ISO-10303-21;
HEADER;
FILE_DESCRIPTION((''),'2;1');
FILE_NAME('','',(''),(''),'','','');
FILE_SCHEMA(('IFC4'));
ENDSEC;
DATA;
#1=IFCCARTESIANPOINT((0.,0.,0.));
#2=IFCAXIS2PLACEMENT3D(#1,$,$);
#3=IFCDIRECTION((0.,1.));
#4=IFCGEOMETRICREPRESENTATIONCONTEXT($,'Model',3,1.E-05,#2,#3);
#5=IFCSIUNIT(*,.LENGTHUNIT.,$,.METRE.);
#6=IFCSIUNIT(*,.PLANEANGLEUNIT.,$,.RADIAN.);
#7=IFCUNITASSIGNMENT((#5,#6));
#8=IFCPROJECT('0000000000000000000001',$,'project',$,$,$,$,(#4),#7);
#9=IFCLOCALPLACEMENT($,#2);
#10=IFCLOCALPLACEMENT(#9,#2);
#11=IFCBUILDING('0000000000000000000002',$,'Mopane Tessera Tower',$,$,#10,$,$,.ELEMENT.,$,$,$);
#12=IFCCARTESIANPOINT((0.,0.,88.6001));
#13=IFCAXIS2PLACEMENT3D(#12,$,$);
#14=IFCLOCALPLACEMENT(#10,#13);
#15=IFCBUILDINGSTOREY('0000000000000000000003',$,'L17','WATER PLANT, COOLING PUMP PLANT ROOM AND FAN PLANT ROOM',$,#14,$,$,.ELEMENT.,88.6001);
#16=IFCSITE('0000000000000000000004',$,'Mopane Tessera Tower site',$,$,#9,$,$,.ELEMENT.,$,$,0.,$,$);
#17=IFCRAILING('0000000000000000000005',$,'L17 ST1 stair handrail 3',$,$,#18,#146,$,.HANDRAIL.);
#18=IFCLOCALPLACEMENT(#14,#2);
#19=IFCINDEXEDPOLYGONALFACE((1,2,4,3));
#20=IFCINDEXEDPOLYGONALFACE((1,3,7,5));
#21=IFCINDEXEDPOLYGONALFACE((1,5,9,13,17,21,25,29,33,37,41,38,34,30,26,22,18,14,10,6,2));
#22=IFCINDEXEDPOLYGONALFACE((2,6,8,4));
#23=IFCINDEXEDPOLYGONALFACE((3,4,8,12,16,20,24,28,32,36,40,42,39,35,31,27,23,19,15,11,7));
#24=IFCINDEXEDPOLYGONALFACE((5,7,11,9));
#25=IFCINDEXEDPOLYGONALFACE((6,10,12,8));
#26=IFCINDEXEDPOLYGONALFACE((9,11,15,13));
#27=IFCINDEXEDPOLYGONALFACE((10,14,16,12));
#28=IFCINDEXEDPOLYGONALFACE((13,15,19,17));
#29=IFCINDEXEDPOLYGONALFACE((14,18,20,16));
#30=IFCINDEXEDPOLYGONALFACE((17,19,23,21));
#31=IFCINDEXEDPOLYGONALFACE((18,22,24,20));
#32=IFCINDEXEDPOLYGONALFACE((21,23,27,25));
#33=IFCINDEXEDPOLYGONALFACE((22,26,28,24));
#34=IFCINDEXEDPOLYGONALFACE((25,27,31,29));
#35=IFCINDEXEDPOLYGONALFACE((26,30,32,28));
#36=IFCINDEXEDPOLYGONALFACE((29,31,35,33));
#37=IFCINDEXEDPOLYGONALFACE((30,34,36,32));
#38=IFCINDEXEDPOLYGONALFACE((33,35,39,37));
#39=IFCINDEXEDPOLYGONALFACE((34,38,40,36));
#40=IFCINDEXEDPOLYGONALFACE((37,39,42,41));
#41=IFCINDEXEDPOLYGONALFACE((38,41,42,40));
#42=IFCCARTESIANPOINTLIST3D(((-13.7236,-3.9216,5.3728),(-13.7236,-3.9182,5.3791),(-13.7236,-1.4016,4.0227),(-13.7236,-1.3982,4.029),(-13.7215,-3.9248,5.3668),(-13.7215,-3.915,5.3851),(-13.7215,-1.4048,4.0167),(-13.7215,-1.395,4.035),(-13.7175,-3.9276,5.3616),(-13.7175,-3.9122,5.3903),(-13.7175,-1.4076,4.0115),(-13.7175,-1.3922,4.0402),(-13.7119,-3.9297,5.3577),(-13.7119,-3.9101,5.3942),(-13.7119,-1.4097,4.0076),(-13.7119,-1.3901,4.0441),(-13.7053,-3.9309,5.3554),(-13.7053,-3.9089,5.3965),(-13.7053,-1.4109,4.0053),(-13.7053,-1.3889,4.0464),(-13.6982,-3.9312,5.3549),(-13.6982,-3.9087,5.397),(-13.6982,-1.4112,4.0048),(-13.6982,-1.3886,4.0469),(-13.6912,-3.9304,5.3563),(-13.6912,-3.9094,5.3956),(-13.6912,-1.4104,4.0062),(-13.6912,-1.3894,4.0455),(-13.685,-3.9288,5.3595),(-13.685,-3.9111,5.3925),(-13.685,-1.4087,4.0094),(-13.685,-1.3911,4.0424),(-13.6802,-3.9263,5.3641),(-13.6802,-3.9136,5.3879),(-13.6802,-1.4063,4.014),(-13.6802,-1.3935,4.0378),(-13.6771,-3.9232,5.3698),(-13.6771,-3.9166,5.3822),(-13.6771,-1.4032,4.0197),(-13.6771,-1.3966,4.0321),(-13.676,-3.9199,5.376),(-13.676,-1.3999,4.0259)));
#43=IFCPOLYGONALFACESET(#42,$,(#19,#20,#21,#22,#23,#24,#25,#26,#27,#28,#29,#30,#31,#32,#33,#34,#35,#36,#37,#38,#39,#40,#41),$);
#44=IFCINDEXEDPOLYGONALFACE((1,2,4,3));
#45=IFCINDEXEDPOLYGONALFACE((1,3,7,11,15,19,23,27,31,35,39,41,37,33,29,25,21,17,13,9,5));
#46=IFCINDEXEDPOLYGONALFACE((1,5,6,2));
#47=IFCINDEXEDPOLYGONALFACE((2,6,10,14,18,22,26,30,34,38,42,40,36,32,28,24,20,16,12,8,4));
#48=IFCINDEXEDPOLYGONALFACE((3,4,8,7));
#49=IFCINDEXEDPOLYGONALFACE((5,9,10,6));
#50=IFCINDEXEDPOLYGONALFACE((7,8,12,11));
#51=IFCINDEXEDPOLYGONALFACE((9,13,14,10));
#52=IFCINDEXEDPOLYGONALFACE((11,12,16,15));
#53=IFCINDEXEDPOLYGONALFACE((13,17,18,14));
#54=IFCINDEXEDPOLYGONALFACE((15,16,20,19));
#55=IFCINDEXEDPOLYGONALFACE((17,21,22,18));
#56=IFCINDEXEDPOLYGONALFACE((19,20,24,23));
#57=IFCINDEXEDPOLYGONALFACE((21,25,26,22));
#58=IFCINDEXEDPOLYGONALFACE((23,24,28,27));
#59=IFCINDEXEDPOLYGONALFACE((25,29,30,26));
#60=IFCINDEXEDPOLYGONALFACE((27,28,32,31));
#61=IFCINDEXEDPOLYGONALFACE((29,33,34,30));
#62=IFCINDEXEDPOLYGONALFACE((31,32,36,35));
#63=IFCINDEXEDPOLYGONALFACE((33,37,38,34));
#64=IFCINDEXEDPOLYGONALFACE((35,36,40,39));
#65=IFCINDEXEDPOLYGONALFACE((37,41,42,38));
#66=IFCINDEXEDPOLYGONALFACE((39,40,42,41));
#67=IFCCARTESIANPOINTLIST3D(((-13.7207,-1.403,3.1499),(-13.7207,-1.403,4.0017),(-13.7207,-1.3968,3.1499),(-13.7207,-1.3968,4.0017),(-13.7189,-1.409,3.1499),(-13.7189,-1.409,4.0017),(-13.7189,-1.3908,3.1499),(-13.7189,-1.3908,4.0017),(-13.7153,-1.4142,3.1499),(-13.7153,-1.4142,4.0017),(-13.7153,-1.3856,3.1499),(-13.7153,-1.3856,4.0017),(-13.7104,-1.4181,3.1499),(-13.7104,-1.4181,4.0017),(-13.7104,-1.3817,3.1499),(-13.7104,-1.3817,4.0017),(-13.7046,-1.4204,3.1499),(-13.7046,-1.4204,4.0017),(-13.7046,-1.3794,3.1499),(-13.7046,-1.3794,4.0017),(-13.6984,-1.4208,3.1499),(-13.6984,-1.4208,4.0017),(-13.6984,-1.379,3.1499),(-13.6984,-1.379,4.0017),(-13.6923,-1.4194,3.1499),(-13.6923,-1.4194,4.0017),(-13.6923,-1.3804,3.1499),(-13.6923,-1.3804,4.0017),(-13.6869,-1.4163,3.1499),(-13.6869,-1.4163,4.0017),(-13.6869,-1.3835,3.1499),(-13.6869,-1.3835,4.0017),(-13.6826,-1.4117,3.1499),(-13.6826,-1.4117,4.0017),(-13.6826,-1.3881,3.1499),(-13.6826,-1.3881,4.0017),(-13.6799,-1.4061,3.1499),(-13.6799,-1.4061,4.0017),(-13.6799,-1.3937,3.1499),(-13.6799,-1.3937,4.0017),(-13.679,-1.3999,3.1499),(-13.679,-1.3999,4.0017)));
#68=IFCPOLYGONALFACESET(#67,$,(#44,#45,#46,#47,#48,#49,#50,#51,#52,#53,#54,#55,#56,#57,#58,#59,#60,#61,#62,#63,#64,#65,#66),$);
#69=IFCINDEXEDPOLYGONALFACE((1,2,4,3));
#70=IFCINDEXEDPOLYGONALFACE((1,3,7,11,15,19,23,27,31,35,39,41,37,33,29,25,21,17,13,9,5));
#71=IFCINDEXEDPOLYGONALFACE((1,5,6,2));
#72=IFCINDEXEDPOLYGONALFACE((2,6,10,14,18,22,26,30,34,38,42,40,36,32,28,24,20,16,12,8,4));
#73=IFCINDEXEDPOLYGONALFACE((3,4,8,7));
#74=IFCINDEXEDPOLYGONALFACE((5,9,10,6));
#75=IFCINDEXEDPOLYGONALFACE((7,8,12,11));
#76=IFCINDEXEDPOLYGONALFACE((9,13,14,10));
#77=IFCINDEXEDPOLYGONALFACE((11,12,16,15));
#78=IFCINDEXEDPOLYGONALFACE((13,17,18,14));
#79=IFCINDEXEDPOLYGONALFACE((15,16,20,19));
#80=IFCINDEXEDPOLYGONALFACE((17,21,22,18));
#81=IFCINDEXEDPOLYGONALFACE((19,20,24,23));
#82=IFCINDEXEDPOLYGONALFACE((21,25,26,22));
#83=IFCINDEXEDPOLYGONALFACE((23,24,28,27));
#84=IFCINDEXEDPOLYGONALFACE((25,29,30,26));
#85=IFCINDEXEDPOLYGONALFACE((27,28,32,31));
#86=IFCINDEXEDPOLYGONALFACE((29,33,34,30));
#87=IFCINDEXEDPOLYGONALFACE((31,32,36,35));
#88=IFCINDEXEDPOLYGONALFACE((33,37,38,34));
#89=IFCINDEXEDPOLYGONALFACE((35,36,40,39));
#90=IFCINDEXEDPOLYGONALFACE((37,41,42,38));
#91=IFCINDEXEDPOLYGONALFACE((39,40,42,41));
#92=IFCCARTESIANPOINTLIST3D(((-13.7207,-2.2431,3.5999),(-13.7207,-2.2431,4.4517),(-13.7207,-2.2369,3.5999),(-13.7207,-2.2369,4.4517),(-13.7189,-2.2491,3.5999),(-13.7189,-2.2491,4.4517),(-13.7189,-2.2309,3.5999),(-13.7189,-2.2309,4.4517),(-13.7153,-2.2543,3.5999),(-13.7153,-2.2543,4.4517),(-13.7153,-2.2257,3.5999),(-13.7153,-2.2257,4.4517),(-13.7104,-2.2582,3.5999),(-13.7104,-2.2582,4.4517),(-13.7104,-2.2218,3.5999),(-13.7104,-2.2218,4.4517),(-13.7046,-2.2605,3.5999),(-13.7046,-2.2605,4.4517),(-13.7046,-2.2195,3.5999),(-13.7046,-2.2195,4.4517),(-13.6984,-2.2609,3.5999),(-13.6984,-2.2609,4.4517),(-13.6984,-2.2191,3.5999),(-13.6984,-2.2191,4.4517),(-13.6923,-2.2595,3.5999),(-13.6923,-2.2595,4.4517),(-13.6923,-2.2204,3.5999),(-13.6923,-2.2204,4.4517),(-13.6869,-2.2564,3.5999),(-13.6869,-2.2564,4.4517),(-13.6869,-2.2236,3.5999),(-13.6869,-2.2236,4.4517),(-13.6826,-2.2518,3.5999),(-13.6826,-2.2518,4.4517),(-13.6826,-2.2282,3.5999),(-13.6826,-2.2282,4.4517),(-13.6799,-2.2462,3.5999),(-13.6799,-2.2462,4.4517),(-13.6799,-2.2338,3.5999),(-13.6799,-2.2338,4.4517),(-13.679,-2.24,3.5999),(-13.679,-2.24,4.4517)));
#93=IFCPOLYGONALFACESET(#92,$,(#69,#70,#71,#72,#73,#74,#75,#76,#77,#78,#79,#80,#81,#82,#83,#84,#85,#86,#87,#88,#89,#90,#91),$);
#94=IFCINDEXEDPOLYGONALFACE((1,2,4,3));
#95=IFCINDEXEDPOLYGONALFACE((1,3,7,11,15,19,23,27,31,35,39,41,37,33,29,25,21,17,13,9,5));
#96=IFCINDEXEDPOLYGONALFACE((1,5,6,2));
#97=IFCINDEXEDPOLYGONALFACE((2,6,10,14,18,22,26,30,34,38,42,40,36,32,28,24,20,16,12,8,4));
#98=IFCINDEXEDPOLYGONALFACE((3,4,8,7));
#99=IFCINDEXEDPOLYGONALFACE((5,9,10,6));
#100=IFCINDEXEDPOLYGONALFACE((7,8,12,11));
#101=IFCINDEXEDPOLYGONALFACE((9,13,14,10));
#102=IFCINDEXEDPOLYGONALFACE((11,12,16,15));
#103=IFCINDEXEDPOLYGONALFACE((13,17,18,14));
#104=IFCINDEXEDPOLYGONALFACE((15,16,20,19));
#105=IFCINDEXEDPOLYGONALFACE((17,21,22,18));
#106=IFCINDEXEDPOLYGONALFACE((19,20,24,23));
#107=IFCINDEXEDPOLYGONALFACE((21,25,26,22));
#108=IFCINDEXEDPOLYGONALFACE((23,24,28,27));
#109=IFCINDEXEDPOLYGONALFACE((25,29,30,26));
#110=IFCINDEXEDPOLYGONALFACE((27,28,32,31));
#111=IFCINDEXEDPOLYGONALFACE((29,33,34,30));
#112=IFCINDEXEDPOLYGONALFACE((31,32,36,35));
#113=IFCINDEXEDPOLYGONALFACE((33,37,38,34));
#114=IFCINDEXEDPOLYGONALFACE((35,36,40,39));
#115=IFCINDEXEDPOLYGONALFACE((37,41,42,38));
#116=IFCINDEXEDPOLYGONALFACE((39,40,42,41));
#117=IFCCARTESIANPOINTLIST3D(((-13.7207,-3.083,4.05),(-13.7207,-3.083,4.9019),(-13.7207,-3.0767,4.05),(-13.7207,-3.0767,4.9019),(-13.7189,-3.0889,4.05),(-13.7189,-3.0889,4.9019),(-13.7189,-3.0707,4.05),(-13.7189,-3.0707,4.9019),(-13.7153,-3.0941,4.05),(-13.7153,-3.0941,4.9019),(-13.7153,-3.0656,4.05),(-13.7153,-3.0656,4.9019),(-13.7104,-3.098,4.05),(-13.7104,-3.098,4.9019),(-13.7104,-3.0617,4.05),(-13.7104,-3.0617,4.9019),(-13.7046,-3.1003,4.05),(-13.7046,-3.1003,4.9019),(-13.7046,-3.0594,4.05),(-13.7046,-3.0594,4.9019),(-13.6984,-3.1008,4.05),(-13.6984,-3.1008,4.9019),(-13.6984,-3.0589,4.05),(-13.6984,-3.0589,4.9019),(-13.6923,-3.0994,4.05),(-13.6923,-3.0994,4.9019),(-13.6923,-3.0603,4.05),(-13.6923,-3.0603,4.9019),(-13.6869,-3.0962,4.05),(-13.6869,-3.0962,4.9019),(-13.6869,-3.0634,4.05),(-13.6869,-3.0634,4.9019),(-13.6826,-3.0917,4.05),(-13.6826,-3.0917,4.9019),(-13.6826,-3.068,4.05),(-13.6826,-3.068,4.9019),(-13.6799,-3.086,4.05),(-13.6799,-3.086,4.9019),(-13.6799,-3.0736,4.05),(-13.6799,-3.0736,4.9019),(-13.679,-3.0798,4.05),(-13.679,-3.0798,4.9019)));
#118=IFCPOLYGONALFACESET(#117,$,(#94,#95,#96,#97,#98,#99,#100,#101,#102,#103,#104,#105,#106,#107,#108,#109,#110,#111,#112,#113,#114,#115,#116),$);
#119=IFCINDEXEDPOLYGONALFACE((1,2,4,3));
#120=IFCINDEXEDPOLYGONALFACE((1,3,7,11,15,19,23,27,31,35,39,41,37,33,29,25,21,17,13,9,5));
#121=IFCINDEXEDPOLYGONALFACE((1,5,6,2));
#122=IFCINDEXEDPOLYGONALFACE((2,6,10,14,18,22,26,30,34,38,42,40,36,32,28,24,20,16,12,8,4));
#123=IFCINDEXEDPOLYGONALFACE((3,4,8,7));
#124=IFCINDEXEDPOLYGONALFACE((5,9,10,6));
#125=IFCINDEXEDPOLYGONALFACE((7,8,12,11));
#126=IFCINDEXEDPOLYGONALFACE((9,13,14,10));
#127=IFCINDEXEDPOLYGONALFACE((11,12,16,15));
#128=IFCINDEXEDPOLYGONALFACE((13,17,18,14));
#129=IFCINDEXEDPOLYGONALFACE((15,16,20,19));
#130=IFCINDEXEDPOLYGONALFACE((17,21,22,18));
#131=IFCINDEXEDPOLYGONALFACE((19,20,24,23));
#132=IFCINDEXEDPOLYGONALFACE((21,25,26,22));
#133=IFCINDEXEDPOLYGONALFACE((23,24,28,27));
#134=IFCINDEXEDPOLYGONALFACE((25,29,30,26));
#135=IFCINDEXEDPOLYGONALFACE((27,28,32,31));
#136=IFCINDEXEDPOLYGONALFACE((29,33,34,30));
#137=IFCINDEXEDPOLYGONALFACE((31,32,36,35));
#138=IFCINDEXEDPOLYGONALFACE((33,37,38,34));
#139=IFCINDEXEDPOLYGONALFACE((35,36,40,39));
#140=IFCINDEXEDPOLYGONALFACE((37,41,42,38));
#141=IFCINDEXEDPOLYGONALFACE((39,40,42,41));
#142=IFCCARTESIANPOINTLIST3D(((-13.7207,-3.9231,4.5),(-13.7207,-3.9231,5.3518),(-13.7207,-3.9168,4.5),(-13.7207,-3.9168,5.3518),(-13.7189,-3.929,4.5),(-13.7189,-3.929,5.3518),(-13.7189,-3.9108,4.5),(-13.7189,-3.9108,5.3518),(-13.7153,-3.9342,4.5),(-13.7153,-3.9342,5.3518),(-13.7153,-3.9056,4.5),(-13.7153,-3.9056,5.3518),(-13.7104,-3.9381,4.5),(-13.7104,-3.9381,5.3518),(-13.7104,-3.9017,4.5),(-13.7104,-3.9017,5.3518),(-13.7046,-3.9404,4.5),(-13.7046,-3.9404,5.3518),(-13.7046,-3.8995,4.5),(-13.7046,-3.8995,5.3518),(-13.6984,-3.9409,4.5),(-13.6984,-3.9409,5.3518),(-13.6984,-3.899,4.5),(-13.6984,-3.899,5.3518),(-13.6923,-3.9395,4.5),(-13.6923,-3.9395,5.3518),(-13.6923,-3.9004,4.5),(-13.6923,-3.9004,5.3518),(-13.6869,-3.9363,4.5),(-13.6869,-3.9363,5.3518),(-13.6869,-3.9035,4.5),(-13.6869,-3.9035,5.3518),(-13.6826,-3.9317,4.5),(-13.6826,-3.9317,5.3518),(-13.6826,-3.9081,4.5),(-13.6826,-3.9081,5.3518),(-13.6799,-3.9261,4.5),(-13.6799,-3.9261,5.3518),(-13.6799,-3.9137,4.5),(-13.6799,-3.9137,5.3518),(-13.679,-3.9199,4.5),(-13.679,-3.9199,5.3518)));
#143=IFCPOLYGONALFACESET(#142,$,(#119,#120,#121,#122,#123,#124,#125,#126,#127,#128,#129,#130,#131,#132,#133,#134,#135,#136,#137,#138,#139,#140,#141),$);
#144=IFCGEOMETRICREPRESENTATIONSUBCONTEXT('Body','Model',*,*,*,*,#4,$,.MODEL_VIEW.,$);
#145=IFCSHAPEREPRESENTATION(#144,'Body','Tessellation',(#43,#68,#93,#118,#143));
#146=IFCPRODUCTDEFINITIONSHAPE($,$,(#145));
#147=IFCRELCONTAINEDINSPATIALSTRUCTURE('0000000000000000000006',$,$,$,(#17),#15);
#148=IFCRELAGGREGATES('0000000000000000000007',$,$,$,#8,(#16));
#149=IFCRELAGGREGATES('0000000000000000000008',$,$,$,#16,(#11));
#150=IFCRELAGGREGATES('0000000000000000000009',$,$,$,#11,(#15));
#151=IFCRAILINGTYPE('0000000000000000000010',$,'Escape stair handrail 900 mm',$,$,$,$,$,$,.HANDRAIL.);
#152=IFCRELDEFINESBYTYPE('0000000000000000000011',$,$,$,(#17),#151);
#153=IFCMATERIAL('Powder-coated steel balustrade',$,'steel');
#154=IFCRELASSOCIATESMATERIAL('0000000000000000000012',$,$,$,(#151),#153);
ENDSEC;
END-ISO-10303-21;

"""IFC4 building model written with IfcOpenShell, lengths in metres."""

from ifc_helpers import new_model, si_unit, direction, frame, origin, origin_2d, place, context, subcontext, project, spatial, circle, extrude, material, type_object, element, save


model = new_model("IFC4")

# Units and contexts
model_context = context("Model", 3, precision=1e-05, world=origin(), true_north=direction((0.0, 1.0)))
body_context = subcontext(model_context, "Body", "Model", "MODEL_VIEW")
ifc_project = project(units=[si_unit("LENGTHUNIT", "METRE"), si_unit("PLANEANGLEUNIT", "RADIAN")], contexts=[model_context])

# Site, building, storey
site_placement = place(None, origin())
site = spatial("IfcSite", under=ifc_project, at=site_placement, Name="Mopane Tessera Tower site", CompositionType="ELEMENT", RefElevation=0.0)
building_placement = place(site_placement, origin())
building = spatial("IfcBuilding", under=site, at=building_placement, Name="Mopane Tessera Tower", CompositionType="ELEMENT")
storey_placement = place(building_placement, frame((0.0, 0.0, 88.6001)))
storey = spatial("IfcBuildingStorey", under=building, at=storey_placement, Name="L17", Description="WATER PLANT, COOLING PUMP PLANT ROOM AND FAN PLANT ROOM", CompositionType="ELEMENT", Elevation=88.6001)

# Railing
ifc_material_1 = material(Name="Powder-coated steel balustrade", Category="steel")
railing_type_1 = type_object("IfcRailingType", Name="Escape stair handrail 900 mm", PredefinedType="HANDRAIL", material=ifc_material_1)
railing_1_placement = place(storey_placement, frame((-13.7, -1.3999, 3.1499)))
element("IfcRailing", 1, at=railing_1_placement, inside=storey, type_object=railing_type_1, Name="L17 ST1 stair handrail 3", PredefinedType="HANDRAIL", context=body_context, shape_type="SweptSolid", body=[
    extrude(circle(Radius=0.0239, at=origin_2d()), frame((0.0, 0.0, 0.876), z_axis=(0.0, -0.881467, 0.472245), x_axis=(1.0, 0.0, 0.0)), (0.0, 0.0, 1.0), 2.8589),
    extrude(circle(Radius=0.021, at=origin_2d()), origin(), (0.0, 0.0, 1.0), 0.8518),
    extrude(circle(Radius=0.021, at=origin_2d()), frame((0.0, -0.8401, 0.45)), (0.0, 0.0, 1.0), 0.8518),
    extrude(circle(Radius=0.021, at=origin_2d()), frame((0.0, -1.6799, 0.9001)), (0.0, 0.0, 1.0), 0.8518),
    extrude(circle(Radius=0.021, at=origin_2d()), frame((0.0, -2.52, 1.3501)), (0.0, 0.0, 1.0), 0.8518),
])

save(model, "model.ifc")
